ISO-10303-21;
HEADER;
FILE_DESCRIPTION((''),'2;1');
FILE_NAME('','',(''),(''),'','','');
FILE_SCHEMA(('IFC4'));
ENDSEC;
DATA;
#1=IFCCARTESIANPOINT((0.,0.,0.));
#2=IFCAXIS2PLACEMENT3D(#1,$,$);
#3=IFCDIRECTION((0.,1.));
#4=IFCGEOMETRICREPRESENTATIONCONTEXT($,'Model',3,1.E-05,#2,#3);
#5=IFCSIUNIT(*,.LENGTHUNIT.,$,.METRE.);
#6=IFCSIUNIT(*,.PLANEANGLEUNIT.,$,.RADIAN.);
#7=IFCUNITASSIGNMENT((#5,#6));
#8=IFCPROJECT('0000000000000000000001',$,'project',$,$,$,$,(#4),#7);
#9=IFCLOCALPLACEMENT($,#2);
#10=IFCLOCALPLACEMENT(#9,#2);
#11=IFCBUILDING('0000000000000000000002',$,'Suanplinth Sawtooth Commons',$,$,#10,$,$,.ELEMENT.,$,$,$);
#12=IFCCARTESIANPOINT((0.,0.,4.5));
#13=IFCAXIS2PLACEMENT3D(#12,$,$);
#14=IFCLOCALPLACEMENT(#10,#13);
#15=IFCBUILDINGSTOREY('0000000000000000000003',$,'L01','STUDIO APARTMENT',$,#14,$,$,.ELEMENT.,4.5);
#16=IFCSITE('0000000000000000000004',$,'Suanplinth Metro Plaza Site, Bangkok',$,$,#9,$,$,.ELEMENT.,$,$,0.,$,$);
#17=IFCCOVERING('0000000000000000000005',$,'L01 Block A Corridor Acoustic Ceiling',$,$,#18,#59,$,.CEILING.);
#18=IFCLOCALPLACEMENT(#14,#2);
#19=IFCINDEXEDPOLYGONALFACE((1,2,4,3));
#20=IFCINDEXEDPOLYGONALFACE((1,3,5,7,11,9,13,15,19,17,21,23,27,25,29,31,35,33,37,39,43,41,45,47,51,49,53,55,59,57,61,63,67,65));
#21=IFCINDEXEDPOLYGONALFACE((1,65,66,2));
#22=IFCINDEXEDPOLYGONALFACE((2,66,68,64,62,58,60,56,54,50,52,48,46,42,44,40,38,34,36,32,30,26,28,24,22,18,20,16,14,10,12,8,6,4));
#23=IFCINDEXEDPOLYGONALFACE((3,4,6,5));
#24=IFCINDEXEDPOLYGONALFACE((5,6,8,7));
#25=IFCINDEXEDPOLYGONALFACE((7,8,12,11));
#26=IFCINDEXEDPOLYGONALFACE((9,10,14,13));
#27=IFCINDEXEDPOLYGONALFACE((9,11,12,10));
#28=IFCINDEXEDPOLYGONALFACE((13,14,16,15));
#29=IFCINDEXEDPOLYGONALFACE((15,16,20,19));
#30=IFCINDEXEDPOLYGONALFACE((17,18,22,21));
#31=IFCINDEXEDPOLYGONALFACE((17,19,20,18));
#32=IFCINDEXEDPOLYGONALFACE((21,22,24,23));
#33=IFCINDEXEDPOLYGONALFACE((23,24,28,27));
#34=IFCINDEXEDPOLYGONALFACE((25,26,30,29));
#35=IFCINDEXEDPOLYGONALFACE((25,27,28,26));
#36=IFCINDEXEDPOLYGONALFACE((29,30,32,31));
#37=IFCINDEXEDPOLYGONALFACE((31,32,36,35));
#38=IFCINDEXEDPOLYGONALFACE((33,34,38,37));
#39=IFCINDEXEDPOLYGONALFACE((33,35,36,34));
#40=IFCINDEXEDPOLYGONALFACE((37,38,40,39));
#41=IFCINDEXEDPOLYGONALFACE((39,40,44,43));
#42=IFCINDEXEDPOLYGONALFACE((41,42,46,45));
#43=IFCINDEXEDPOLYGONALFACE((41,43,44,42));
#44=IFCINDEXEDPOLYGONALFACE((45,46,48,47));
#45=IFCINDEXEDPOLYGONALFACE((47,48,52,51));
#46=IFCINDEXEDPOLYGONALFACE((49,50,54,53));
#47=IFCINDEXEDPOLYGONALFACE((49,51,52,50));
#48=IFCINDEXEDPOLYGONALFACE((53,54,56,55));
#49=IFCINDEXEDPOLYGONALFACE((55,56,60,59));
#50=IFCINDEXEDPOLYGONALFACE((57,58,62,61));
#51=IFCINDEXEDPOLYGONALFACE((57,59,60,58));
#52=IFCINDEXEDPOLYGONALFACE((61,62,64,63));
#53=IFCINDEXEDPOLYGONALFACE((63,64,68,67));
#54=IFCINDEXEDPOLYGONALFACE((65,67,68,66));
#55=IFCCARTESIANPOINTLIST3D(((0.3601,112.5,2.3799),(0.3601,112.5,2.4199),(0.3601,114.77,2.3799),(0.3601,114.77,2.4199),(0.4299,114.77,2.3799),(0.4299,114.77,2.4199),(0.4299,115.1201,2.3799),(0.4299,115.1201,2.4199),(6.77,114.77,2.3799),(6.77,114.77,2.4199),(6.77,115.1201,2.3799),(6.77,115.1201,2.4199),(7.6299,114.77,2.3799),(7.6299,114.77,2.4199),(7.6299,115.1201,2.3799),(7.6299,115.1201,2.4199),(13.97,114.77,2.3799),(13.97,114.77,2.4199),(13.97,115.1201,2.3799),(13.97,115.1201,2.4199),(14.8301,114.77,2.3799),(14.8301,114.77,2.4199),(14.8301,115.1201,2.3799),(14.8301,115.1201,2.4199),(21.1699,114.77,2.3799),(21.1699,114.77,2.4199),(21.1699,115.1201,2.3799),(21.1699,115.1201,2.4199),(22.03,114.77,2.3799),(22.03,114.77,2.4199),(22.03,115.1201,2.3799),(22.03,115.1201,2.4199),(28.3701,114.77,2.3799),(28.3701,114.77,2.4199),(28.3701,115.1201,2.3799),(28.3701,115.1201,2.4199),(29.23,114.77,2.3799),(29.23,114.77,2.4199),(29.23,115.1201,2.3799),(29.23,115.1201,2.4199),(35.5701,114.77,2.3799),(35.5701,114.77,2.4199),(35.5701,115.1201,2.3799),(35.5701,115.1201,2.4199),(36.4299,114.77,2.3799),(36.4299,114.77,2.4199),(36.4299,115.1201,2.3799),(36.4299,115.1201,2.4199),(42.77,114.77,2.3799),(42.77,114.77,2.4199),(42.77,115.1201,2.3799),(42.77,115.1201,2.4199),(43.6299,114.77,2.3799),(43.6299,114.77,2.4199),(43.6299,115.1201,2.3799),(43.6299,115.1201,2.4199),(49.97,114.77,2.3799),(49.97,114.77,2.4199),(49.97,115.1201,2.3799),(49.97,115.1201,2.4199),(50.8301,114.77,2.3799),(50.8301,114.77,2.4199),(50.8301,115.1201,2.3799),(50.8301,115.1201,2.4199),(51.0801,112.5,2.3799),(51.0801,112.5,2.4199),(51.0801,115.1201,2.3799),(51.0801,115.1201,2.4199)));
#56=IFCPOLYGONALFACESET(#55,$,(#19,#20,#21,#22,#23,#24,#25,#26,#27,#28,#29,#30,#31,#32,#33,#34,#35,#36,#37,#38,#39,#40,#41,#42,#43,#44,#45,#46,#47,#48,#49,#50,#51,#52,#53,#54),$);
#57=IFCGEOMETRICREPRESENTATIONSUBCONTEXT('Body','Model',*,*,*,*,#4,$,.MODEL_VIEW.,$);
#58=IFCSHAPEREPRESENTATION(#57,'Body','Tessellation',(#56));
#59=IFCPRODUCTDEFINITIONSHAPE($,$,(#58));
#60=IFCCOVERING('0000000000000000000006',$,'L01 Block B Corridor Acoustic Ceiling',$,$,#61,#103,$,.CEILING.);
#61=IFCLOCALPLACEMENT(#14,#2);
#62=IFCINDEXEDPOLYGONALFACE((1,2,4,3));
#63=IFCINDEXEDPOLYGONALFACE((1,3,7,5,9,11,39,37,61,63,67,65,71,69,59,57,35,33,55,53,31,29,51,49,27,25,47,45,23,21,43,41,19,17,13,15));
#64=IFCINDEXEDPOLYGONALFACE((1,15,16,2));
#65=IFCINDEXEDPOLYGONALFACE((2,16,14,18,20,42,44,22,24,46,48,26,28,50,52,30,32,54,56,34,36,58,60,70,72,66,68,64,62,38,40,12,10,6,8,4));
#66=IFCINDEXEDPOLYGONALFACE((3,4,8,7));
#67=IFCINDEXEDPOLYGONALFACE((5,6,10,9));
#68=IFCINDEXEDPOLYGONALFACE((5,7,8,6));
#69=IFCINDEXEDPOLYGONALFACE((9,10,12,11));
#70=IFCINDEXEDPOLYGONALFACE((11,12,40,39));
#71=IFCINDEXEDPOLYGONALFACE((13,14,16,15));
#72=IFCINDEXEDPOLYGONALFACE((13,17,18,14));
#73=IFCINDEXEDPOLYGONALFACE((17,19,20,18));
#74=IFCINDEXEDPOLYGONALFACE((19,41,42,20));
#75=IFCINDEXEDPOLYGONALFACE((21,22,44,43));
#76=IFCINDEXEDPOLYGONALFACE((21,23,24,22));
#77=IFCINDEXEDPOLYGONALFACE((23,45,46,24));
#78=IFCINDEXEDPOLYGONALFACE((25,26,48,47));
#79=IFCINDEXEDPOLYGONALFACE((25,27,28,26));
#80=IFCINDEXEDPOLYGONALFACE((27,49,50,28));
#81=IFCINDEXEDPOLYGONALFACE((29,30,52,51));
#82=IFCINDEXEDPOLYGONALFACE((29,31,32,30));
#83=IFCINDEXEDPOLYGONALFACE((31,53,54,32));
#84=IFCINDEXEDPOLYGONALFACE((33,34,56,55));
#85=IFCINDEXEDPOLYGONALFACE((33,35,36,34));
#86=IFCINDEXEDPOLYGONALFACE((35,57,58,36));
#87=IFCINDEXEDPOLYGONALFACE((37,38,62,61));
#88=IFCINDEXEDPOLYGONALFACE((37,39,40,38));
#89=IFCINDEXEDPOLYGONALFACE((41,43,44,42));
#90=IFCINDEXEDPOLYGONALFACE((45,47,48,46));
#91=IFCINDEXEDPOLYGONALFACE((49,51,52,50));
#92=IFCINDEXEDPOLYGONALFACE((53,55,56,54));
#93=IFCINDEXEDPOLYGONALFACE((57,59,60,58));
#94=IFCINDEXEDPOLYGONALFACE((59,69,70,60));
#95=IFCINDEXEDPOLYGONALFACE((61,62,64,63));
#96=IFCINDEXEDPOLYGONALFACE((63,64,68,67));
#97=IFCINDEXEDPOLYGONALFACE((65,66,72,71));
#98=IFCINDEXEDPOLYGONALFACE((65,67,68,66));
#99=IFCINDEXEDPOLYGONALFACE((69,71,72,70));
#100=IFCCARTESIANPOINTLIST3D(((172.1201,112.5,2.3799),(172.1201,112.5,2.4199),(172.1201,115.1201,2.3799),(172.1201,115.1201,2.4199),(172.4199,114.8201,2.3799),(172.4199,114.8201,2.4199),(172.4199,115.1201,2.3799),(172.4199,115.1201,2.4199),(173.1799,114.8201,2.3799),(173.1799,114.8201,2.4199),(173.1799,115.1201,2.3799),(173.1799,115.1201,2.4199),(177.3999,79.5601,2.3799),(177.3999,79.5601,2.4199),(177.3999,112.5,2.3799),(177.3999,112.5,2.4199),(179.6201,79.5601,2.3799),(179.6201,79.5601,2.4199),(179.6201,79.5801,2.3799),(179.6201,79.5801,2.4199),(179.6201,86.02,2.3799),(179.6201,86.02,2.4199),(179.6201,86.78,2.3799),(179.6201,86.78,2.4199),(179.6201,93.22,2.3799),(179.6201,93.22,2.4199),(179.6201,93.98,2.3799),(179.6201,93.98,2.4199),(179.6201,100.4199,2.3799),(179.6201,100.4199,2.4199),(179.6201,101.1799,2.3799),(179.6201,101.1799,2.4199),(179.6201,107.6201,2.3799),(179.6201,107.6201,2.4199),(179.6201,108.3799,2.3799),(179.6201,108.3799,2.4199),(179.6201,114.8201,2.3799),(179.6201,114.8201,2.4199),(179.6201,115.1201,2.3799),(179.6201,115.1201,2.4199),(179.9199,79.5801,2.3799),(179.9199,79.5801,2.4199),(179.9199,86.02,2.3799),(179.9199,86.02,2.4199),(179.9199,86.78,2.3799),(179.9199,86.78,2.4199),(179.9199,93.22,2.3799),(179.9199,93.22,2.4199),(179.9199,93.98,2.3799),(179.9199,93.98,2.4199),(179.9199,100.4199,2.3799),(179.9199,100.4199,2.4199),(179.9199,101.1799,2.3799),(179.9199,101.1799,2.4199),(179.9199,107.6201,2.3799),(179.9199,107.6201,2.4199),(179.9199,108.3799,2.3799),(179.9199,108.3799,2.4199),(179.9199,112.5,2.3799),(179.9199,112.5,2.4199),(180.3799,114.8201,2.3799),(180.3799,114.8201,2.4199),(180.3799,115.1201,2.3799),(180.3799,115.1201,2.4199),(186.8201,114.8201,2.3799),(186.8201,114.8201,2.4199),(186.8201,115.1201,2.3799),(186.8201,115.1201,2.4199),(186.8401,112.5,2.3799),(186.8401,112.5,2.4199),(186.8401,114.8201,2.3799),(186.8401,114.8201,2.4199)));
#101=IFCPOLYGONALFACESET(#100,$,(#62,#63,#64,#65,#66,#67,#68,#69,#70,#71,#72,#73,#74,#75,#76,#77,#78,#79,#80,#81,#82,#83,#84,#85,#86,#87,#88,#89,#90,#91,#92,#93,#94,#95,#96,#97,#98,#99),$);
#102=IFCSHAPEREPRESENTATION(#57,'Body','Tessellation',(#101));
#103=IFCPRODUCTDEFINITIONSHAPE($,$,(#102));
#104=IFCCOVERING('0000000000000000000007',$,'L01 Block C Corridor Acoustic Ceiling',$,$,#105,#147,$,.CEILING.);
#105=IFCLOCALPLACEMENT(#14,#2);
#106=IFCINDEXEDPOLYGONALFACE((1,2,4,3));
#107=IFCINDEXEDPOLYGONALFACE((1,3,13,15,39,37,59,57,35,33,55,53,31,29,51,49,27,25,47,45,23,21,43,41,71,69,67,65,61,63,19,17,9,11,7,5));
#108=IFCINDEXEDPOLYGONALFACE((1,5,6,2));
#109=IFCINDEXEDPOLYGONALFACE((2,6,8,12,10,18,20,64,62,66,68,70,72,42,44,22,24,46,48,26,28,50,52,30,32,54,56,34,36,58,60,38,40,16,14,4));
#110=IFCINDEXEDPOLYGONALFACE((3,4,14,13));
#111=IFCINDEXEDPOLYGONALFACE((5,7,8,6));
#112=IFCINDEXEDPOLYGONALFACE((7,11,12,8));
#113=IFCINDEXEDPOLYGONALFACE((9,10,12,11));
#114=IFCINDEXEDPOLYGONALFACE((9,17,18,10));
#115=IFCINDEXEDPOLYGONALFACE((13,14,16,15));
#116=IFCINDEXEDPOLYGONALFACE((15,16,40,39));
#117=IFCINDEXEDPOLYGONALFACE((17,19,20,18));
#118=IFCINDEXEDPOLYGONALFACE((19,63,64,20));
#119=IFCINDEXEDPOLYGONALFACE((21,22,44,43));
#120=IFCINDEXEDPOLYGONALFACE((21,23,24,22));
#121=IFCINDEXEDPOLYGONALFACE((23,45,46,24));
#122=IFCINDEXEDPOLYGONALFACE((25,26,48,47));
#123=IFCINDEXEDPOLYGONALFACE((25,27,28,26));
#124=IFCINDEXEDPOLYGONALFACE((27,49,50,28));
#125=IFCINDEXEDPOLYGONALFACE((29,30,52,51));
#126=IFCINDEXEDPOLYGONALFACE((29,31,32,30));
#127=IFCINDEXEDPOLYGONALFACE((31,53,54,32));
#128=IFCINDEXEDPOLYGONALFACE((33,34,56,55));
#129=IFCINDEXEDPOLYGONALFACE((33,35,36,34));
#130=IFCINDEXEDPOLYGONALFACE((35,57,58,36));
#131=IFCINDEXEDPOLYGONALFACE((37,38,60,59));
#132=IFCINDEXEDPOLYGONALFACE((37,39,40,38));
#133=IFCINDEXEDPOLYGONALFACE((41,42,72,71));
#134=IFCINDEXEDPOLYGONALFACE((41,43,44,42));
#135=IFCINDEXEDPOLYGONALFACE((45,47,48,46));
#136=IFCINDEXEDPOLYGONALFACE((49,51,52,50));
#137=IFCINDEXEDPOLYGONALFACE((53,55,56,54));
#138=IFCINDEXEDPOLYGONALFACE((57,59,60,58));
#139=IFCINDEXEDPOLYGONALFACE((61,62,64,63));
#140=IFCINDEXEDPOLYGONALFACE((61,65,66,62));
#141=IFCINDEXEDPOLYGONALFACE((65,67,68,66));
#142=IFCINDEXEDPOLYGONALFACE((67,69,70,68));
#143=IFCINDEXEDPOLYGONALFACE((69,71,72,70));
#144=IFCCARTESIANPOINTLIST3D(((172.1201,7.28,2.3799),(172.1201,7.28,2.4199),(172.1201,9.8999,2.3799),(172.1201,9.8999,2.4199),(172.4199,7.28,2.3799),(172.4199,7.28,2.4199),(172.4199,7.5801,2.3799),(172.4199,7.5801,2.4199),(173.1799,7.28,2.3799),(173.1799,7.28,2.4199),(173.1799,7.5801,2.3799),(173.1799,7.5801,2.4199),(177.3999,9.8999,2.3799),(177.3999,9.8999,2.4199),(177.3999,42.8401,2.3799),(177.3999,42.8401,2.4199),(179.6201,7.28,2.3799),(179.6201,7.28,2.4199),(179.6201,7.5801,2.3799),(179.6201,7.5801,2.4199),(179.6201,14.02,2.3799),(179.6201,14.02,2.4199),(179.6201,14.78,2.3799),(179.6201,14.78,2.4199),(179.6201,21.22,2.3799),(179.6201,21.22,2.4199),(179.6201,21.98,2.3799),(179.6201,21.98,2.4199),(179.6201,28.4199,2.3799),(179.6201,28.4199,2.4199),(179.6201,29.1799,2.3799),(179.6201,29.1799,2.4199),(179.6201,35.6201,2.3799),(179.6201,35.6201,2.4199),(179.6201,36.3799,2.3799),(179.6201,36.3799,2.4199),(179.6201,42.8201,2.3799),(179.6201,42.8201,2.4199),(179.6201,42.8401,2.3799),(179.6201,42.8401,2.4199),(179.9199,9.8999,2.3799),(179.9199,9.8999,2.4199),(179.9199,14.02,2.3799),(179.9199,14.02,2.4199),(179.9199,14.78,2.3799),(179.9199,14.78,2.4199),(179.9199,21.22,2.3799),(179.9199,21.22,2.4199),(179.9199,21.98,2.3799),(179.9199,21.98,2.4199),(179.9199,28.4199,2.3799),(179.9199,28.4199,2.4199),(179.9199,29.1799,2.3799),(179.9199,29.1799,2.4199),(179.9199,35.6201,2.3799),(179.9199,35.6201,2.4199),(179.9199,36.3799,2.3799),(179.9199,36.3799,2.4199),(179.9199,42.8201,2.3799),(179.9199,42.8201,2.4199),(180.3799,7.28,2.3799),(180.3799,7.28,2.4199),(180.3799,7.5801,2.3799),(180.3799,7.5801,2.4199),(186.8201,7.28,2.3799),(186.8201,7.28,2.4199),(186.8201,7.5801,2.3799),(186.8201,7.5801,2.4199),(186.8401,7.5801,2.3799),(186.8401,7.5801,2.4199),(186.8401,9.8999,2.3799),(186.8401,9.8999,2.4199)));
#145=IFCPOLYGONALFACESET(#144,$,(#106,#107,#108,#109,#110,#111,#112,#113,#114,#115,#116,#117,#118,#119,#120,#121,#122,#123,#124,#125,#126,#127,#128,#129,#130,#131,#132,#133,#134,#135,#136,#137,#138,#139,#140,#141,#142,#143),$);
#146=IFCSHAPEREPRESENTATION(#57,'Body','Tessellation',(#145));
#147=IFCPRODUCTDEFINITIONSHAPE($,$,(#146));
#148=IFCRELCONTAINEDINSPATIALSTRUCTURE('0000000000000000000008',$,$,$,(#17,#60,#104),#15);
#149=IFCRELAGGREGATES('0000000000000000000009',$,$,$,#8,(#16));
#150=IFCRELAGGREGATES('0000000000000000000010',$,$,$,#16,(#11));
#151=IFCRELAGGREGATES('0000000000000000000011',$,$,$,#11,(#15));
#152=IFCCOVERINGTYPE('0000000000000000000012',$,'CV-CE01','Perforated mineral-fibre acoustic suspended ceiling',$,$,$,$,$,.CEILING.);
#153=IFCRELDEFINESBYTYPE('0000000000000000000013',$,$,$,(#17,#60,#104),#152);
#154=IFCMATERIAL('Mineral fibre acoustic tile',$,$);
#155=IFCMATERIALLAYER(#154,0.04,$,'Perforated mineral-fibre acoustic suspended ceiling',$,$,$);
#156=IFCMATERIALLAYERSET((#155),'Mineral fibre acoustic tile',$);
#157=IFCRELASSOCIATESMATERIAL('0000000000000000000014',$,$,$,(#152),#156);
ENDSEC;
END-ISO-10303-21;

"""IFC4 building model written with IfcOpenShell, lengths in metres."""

from ifc_helpers import new_model, si_unit, direction, frame, origin, place, context, subcontext, project, spatial, polyline, outline, extrude, material, layer, layer_set, type_object, element, save


model = new_model("IFC4")

# Units and contexts
model_context = context("Model", 3, precision=1e-05, world=origin(), true_north=direction((0.0, 1.0)))
body_context = subcontext(model_context, "Body", "Model", "MODEL_VIEW")
ifc_project = project(units=[si_unit("LENGTHUNIT", "METRE"), si_unit("PLANEANGLEUNIT", "RADIAN")], contexts=[model_context])

# Site, building, storey
site_placement = place(None, origin())
site = spatial("IfcSite", under=ifc_project, at=site_placement, Name="Suanplinth Metro Plaza Site, Bangkok", CompositionType="ELEMENT", RefElevation=0.0)
building_placement = place(site_placement, origin())
building = spatial("IfcBuilding", under=site, at=building_placement, Name="Suanplinth Sawtooth Commons", CompositionType="ELEMENT")
storey_placement = place(building_placement, frame((0.0, 0.0, 4.5)))
storey = spatial("IfcBuildingStorey", under=building, at=storey_placement, Name="L01", Description="STUDIO APARTMENT", CompositionType="ELEMENT", Elevation=4.5)

# Coverings
ifc_material_1 = material(Name="Mineral fibre acoustic tile")
ifc_layer_1 = layer(ifc_material_1, 0.04, Name="Perforated mineral-fibre acoustic suspended ceiling")
ifc_layer_set_1 = layer_set([ifc_layer_1], Name="Mineral fibre acoustic tile")
covering_type_1 = type_object("IfcCoveringType", Name="CV-CE01", Description="Perforated mineral-fibre acoustic suspended ceiling", PredefinedType="CEILING", material=ifc_layer_set_1)
covering_1_placement = place(storey_placement, frame((0.0, 0.0, 2.3799)))
element("IfcCovering", 1, at=covering_1_placement, inside=storey, type_object=covering_type_1, Name="L01 Block A Corridor Acoustic Ceiling", PredefinedType="CEILING", context=body_context, shape_type="SweptSolid", body=[
    extrude(outline(polyline([(0.3601, 112.5), (0.3601, 114.77), (0.4299, 114.77), (0.4299, 115.1201), (6.77, 115.1201), (6.77, 114.77), (7.6299, 114.77), (7.6299, 115.1201), (13.97, 115.1201), (13.97, 114.77), (14.8301, 114.77), (14.8301, 115.1201), (21.1699, 115.1201), (21.1699, 114.77), (22.03, 114.77), (22.03, 115.1201), (28.3701, 115.1201), (28.3701, 114.77), (29.23, 114.77), (29.23, 115.1201), (35.5701, 115.1201), (35.5701, 114.77), (36.4299, 114.77), (36.4299, 115.1201), (42.77, 115.1201), (42.77, 114.77), (43.6299, 114.77), (43.6299, 115.1201), (49.97, 115.1201), (49.97, 114.77), (50.8301, 114.77), (50.8301, 115.1201), (51.0801, 115.1201), (51.0801, 112.5), (0.3601, 112.5)])), origin(), (0.0, 0.0, 1.0), 0.04),
])
covering_2_placement = place(storey_placement, frame((0.0, 0.0, 2.3799)))
element("IfcCovering", 2, at=covering_2_placement, inside=storey, type_object=covering_type_1, Name="L01 Block B Corridor Acoustic Ceiling", PredefinedType="CEILING", context=body_context, shape_type="SweptSolid", body=[
    extrude(outline(polyline([(172.4199, 115.1201), (172.4199, 114.8201), (173.1799, 114.8201), (173.1799, 115.1201), (179.6201, 115.1201), (179.6201, 114.8201), (180.3799, 114.8201), (180.3799, 115.1201), (186.8201, 115.1201), (186.8201, 114.8201), (186.8401, 114.8201), (186.8401, 112.5), (179.9199, 112.5), (179.9199, 108.3799), (179.6201, 108.3799), (179.6201, 107.6201), (179.9199, 107.6201), (179.9199, 101.1799), (179.6201, 101.1799), (179.6201, 100.4199), (179.9199, 100.4199), (179.9199, 93.98), (179.6201, 93.98), (179.6201, 93.22), (179.9199, 93.22), (179.9199, 86.78), (179.6201, 86.78), (179.6201, 86.02), (179.9199, 86.02), (179.9199, 79.5801), (179.6201, 79.5801), (179.6201, 79.5601), (177.3999, 79.5601), (177.3999, 112.5), (172.1201, 112.5), (172.1201, 115.1201), (172.4199, 115.1201)])), origin(), (0.0, 0.0, 1.0), 0.04),
])
covering_3_placement = place(storey_placement, frame((0.0, 0.0, 2.3799)))
element("IfcCovering", 3, at=covering_3_placement, inside=storey, type_object=covering_type_1, Name="L01 Block C Corridor Acoustic Ceiling", PredefinedType="CEILING", context=body_context, shape_type="SweptSolid", body=[
    extrude(outline(polyline([(172.1201, 9.8999), (177.3999, 9.8999), (177.3999, 42.8401), (179.6201, 42.8401), (179.6201, 42.8201), (179.9199, 42.8201), (179.9199, 36.3799), (179.6201, 36.3799), (179.6201, 35.6201), (179.9199, 35.6201), (179.9199, 29.1799), (179.6201, 29.1799), (179.6201, 28.4199), (179.9199, 28.4199), (179.9199, 21.98), (179.6201, 21.98), (179.6201, 21.22), (179.9199, 21.22), (179.9199, 14.78), (179.6201, 14.78), (179.6201, 14.02), (179.9199, 14.02), (179.9199, 9.8999), (186.8401, 9.8999), (186.8401, 7.5801), (186.8201, 7.5801), (186.8201, 7.28), (180.3799, 7.28), (180.3799, 7.5801), (179.6201, 7.5801), (179.6201, 7.28), (173.1799, 7.28), (173.1799, 7.5801), (172.4199, 7.5801), (172.4199, 7.28), (172.1201, 7.28), (172.1201, 9.8999)])), origin(), (0.0, 0.0, 1.0), 0.04),
])

save(model, "model.ifc")
